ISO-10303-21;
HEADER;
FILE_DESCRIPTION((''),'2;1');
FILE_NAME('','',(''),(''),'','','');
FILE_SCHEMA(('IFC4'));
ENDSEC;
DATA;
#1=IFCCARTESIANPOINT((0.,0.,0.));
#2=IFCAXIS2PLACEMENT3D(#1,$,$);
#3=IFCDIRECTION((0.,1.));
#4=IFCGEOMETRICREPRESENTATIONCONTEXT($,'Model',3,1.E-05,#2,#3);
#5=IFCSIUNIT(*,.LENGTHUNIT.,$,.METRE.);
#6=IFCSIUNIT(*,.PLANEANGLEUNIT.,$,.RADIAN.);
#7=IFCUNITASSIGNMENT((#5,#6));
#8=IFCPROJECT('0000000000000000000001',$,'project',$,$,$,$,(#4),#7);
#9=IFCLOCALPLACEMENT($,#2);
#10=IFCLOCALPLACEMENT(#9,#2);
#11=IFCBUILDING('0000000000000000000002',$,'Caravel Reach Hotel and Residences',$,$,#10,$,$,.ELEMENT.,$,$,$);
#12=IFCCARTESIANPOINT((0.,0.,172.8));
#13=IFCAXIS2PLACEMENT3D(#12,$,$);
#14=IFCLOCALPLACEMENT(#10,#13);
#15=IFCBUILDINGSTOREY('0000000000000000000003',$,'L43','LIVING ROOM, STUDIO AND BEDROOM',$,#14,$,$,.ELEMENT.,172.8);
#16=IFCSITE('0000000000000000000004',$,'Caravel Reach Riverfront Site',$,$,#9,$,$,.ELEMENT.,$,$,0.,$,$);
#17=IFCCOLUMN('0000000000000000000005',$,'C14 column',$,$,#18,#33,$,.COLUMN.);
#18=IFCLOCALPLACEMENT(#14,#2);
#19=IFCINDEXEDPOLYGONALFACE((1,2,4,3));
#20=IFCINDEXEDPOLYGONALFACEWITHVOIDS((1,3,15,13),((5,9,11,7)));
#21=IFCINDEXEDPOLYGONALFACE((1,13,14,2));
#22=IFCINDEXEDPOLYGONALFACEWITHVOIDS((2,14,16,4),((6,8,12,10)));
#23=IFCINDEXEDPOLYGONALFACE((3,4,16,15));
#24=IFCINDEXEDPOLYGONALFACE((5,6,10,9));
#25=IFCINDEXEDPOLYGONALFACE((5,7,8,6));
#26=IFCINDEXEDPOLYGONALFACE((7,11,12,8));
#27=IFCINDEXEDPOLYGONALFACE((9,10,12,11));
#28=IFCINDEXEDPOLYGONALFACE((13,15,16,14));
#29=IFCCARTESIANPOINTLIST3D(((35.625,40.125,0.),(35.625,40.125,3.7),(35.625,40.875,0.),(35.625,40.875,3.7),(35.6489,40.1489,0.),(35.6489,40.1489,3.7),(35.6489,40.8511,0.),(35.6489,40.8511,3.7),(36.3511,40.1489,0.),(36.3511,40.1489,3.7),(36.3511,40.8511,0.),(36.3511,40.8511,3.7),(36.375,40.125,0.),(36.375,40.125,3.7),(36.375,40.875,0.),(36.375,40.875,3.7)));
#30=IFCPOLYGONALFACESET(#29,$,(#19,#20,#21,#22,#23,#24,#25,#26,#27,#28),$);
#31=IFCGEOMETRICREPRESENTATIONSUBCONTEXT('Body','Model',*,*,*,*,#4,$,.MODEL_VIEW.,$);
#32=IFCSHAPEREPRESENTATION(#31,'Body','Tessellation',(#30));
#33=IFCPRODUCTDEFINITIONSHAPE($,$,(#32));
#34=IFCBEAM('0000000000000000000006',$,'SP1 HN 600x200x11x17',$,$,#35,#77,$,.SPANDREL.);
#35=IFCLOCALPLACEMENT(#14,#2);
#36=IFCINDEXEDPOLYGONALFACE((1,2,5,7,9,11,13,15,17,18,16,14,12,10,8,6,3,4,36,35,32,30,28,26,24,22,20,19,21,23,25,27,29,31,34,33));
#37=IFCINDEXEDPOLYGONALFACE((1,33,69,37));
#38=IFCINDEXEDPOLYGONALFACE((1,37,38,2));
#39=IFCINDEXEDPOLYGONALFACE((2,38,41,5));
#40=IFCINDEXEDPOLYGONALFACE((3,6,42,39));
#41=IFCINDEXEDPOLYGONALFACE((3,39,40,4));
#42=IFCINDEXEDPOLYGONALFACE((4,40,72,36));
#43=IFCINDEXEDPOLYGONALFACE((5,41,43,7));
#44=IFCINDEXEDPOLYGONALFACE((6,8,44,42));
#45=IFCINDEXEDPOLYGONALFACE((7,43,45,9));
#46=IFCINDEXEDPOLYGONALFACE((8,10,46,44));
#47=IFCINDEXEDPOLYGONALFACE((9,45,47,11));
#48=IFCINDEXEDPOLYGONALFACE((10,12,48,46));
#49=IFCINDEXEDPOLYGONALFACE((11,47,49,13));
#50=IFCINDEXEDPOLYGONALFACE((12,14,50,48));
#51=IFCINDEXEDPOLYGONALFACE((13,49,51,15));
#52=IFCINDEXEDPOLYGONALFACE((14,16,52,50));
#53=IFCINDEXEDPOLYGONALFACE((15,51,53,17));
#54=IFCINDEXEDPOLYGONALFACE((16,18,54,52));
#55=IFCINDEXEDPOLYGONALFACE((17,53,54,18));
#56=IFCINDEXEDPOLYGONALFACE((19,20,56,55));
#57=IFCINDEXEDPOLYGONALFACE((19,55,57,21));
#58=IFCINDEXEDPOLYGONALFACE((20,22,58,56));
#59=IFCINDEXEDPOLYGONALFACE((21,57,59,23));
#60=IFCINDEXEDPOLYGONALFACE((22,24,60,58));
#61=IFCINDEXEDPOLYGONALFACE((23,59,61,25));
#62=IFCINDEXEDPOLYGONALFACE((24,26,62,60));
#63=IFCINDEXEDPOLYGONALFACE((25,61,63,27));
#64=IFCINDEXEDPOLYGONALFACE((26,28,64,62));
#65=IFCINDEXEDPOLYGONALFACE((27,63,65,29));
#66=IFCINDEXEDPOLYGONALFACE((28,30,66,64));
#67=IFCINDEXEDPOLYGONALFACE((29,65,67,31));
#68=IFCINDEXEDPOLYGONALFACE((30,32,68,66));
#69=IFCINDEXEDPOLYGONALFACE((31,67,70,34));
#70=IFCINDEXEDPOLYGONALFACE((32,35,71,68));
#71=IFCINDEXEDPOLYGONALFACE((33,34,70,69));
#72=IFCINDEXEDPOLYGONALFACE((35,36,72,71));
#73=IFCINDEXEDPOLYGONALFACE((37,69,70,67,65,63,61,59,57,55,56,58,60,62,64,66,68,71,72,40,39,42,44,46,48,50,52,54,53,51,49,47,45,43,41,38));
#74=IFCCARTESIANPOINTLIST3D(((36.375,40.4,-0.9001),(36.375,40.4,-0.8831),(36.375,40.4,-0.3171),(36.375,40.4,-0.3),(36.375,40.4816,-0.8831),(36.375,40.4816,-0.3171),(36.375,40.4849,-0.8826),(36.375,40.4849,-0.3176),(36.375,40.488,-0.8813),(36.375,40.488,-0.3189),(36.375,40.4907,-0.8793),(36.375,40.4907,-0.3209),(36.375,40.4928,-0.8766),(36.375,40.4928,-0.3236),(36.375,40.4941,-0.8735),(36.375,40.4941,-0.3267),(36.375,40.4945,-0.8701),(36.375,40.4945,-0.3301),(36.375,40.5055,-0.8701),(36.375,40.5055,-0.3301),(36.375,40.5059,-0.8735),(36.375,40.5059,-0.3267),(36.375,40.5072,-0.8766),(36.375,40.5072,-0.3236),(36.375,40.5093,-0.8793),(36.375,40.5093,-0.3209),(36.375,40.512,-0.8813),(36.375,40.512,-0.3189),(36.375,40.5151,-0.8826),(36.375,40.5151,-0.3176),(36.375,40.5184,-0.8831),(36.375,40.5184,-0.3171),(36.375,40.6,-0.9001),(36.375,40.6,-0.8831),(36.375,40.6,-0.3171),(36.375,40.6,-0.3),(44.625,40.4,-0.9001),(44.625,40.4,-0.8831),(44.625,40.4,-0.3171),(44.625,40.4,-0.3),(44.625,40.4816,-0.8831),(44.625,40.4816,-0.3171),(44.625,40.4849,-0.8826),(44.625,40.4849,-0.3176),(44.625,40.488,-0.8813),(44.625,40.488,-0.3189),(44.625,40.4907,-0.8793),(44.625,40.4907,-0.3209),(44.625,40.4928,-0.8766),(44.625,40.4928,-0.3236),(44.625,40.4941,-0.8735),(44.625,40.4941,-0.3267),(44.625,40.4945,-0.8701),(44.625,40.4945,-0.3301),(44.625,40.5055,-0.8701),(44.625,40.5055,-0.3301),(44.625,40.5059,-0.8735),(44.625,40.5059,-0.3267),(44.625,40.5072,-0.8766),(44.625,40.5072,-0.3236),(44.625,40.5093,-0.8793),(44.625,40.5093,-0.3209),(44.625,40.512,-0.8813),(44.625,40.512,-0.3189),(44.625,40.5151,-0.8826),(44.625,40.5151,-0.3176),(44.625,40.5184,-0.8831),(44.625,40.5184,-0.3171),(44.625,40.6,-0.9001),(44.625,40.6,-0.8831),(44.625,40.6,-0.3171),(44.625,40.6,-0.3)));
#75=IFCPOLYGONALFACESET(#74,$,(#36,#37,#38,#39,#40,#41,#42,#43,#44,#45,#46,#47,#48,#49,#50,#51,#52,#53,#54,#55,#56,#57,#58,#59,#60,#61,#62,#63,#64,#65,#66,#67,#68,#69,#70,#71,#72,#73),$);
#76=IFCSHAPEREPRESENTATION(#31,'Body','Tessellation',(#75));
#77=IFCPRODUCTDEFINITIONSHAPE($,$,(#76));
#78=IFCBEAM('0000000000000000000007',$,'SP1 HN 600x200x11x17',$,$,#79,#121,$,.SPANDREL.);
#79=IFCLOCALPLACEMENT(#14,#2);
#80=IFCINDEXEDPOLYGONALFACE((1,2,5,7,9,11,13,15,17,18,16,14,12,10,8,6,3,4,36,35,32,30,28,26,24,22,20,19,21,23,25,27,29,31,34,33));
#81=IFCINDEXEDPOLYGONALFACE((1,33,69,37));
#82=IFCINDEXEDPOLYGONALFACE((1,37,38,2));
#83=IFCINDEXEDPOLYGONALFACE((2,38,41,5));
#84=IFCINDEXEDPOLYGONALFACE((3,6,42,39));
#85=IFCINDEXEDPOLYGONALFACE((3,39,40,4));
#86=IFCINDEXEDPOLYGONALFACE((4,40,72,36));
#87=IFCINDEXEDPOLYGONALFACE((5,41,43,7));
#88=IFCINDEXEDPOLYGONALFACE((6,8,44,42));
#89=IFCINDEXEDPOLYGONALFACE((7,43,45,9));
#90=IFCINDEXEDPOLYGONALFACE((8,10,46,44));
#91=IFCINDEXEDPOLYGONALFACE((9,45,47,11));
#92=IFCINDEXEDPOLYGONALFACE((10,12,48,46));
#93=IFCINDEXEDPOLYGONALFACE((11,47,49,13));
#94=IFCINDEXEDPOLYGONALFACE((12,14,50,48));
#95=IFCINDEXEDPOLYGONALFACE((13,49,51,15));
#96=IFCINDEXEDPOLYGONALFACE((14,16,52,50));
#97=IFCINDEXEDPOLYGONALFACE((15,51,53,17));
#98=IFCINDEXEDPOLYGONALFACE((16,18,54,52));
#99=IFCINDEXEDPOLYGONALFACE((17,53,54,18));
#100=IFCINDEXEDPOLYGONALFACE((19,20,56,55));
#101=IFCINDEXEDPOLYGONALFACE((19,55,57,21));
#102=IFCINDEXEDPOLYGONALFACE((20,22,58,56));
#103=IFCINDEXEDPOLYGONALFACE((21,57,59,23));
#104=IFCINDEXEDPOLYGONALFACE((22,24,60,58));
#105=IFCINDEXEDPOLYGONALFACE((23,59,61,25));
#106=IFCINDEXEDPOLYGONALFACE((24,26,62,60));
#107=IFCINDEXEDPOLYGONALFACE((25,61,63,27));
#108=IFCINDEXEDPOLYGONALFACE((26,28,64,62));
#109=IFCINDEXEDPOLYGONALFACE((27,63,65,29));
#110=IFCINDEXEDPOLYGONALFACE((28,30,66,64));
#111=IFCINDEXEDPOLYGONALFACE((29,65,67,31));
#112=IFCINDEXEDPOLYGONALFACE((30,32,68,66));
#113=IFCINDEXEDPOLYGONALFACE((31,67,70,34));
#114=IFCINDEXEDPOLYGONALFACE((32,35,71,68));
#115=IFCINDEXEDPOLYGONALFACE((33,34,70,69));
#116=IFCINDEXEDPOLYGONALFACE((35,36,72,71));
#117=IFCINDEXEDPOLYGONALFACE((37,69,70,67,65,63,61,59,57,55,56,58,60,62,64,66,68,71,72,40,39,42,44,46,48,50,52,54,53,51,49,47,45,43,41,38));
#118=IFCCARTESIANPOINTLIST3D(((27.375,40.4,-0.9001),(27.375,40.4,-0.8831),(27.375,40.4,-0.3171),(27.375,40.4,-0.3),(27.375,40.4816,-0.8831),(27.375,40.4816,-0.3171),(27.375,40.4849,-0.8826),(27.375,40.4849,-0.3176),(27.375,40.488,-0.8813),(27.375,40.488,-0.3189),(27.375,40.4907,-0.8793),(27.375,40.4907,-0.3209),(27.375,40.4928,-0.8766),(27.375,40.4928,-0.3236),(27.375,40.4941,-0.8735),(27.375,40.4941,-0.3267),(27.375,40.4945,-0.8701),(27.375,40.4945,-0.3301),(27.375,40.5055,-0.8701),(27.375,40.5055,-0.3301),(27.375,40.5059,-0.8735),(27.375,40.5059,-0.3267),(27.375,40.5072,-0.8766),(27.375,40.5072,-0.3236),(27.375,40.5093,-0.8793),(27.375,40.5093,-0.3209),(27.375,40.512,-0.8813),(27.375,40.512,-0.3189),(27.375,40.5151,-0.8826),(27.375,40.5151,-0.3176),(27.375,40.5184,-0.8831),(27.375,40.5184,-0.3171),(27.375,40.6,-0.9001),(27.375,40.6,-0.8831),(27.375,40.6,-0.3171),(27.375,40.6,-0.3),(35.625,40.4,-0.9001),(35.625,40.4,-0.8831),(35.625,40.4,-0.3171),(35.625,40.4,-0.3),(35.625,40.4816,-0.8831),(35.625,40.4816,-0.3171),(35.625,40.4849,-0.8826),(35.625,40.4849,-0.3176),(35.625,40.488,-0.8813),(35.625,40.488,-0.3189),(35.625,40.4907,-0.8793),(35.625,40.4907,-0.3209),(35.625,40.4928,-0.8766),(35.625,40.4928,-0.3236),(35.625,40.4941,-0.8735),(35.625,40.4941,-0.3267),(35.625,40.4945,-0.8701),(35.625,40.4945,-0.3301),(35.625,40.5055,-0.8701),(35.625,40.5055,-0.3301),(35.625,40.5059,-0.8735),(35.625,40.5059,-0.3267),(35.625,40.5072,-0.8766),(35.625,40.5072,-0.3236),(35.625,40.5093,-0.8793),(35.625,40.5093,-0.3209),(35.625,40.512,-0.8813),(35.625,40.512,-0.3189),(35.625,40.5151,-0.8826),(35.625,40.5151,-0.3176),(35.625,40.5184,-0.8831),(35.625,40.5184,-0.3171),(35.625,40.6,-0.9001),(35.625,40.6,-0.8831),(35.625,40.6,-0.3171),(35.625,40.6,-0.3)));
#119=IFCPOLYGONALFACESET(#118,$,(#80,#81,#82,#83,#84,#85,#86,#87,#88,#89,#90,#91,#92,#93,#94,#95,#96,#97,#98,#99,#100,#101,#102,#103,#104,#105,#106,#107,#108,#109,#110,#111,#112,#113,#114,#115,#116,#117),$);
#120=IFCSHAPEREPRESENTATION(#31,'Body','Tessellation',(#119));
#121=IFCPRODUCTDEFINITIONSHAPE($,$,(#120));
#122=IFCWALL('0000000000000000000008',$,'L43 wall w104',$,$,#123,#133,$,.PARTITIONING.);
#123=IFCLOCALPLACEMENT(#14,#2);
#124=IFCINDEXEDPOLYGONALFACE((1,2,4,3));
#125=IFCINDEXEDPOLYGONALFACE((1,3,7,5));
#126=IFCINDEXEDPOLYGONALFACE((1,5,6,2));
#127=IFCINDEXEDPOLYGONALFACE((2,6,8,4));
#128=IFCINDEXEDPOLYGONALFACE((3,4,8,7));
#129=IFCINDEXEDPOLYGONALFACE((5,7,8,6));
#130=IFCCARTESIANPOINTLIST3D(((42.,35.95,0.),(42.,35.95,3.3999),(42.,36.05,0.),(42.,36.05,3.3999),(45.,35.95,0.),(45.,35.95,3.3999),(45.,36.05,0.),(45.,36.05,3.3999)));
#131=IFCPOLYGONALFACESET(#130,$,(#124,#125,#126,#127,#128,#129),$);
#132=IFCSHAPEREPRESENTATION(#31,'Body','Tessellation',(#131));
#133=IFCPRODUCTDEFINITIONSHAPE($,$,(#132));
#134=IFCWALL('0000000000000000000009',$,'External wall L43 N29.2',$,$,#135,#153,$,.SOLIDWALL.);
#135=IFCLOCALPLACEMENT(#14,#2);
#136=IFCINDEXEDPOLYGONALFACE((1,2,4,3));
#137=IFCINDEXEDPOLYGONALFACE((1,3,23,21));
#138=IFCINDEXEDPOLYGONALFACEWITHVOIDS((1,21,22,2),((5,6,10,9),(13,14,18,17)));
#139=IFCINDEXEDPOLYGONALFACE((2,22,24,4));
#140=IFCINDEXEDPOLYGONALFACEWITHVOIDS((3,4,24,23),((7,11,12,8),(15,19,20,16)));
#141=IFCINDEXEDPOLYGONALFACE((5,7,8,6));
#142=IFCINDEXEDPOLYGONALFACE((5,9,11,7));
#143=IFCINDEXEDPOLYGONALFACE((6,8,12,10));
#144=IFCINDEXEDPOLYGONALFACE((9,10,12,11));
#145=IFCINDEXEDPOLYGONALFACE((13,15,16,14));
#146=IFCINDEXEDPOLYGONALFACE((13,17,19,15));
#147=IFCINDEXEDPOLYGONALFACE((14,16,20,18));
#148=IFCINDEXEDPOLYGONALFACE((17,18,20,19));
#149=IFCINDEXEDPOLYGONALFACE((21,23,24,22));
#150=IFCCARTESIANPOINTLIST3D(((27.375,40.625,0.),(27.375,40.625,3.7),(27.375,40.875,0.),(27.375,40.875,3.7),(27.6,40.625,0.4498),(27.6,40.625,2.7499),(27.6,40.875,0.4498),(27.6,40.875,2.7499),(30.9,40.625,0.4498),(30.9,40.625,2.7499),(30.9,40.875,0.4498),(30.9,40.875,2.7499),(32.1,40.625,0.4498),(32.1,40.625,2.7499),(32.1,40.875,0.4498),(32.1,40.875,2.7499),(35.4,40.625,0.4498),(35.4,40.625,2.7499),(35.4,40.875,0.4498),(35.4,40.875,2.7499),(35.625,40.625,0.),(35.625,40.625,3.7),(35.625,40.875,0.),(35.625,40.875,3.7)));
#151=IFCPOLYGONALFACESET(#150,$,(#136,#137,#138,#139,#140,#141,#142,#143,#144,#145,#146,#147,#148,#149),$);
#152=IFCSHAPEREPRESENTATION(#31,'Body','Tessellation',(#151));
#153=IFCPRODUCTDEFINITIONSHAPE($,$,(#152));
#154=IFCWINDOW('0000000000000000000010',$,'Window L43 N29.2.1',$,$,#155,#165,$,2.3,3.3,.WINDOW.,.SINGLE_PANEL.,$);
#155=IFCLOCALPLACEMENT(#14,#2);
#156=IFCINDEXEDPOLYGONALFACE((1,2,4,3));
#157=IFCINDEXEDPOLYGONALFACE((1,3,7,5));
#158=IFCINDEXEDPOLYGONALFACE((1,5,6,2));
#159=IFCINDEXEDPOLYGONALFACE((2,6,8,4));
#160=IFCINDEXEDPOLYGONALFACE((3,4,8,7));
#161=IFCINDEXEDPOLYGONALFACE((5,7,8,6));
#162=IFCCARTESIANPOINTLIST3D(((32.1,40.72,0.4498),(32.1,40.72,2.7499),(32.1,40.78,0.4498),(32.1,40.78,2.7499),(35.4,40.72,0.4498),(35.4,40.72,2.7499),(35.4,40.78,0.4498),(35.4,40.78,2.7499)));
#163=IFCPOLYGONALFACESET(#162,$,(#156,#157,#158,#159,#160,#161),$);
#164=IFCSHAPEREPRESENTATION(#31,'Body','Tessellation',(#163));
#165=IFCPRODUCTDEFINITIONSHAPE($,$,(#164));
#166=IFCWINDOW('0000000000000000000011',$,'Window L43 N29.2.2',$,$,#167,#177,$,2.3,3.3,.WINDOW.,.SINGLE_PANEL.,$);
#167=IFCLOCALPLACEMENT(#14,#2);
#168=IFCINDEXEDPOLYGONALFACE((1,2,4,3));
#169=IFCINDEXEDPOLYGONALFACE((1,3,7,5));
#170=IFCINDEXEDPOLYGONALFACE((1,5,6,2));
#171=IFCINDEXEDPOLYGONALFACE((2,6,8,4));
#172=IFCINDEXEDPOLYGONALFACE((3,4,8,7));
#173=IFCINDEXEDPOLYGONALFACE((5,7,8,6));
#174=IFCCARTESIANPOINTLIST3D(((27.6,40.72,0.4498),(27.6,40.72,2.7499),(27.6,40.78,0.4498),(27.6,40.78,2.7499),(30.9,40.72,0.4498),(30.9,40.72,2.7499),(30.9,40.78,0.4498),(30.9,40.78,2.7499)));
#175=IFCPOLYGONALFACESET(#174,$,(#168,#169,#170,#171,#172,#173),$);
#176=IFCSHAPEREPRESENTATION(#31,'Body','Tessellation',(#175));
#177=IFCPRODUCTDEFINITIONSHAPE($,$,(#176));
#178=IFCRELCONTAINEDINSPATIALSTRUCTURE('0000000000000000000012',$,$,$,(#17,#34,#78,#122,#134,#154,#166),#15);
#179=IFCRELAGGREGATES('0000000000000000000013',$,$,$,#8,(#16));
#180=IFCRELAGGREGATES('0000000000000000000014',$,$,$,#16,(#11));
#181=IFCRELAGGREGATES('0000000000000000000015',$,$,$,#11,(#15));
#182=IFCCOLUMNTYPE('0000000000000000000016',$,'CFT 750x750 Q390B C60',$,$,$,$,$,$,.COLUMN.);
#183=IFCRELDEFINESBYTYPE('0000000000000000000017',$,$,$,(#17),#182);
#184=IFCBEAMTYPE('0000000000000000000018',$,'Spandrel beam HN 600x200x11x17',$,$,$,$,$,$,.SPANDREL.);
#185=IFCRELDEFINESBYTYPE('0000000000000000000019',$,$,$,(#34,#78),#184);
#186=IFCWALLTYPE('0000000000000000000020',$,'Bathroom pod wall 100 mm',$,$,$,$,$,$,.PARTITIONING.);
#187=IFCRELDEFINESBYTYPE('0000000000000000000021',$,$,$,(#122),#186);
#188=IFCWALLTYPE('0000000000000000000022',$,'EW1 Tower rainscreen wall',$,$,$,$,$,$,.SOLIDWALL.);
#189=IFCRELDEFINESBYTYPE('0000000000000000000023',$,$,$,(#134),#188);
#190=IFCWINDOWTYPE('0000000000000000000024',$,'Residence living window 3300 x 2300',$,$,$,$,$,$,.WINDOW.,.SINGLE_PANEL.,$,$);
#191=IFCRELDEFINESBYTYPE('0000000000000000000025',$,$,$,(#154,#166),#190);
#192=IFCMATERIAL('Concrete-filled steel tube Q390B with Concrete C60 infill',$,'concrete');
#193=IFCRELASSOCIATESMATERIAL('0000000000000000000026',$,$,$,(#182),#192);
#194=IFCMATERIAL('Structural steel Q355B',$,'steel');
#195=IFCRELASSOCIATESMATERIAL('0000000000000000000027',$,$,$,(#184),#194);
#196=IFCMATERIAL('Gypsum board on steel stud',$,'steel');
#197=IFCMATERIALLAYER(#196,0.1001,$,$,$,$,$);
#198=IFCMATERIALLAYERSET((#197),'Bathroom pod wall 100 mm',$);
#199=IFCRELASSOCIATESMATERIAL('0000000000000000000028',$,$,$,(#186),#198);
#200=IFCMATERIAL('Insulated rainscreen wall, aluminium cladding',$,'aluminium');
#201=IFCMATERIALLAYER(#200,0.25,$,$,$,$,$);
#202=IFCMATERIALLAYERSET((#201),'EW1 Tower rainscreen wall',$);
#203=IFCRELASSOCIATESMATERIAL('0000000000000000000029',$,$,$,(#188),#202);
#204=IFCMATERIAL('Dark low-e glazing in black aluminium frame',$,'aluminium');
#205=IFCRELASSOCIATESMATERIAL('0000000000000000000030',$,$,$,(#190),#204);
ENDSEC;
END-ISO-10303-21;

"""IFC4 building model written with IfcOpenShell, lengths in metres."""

from ifc_helpers import new_model, si_unit, direction, frame, frame_2d, origin, origin_2d, place, context, subcontext, project, spatial, rectangle, hollow_rectangle, i_section, extrude, material, layer, layer_set, material_profile, profile_set, type_object, element, fill, save


model = new_model("IFC4")

# Units and contexts
model_context = context("Model", 3, precision=1e-05, world=origin(), true_north=direction((0.0, 1.0)))
body_context = subcontext(model_context, "Body", "Model", "MODEL_VIEW")
ifc_project = project(units=[si_unit("LENGTHUNIT", "METRE"), si_unit("PLANEANGLEUNIT", "RADIAN")], contexts=[model_context])

# Site, building, storey
site_placement = place(None, origin())
site = spatial("IfcSite", under=ifc_project, at=site_placement, Name="Caravel Reach Riverfront Site", CompositionType="ELEMENT", RefElevation=0.0)
building_placement = place(site_placement, origin())
building = spatial("IfcBuilding", under=site, at=building_placement, Name="Caravel Reach Hotel and Residences", CompositionType="ELEMENT")
storey_placement = place(building_placement, frame((0.0, 0.0, 172.8)))
storey = spatial("IfcBuildingStorey", under=building, at=storey_placement, Name="L43", Description="LIVING ROOM, STUDIO AND BEDROOM", CompositionType="ELEMENT", Elevation=172.8)

# Column
ifc_material_1 = material(Name="Concrete-filled steel tube Q390B with Concrete C60 infill", Category="concrete")
ifc_material_profile_1 = material_profile(ifc_material_1, hollow_rectangle(XDim=0.75, YDim=0.75, WallThickness=0.0239, at=origin_2d()), Name="RHS 750x750x24")
ifc_profile_set_1 = profile_set([ifc_material_profile_1], Name="Concrete-filled steel tube Q390B with Concrete C60 infill")
column_type = type_object("IfcColumnType", Name="CFT 750x750 Q390B C60", PredefinedType="COLUMN", material=ifc_profile_set_1)
column_placement = place(storey_placement, frame((36.0, 40.5, 0.0), z_axis=(0.0, 0.0, 1.0), x_axis=(1.0, 0.0, 0.0)))
element("IfcColumn", 1, at=column_placement, inside=storey, type_object=column_type, Name="C14 column", PredefinedType="COLUMN", context=body_context, shape_type="SweptSolid", body=[
    extrude(hollow_rectangle(XDim=0.75, YDim=0.75, WallThickness=0.0239, at=origin_2d()), origin(), (0.0, 0.0, 1.0), 3.7),
])

# Beams
ifc_material_2 = material(Name="Structural steel Q355B", Category="steel")
ifc_material_profile_2 = material_profile(ifc_material_2, i_section(OverallWidth=0.2, OverallDepth=0.6001, WebThickness=0.011, FlangeThickness=0.0171, FilletRadius=0.0129, at=origin_2d()), Name="HN 600x200x11x17")
ifc_profile_set_2 = profile_set([ifc_material_profile_2], Name="Structural steel Q355B")
beam_type = type_object("IfcBeamType", Name="Spandrel beam HN 600x200x11x17", PredefinedType="SPANDREL", material=ifc_profile_set_2)
for number, where, z_axis, x_axis, name in (
    (2, (44.625, 40.5, -0.6001), (-1.0, 0.0, 0.0), (0.0, -1.0, 0.0), "SP1 HN 600x200x11x17"),
    (3, (35.625, 40.5, -0.6001), (-1.0, 0.0, 0.0), (0.0, -1.0, 0.0), "SP1 HN 600x200x11x17"),
):
    element("IfcBeam", number, at=place(storey_placement, frame(where, z_axis=z_axis, x_axis=x_axis)), inside=storey, type_object=beam_type, Name=name, PredefinedType="SPANDREL", context=body_context, shape_type="SweptSolid", body=[
        extrude(i_section(OverallWidth=0.2, OverallDepth=0.6001, WebThickness=0.011, FlangeThickness=0.0171, FilletRadius=0.0129, at=origin_2d()), origin(), (0.0, 0.0, 1.0), 8.25),
    ])

# Wall
ifc_material_3 = material(Name="Gypsum board on steel stud", Category="steel")
ifc_layer_1 = layer(ifc_material_3, 0.1001)
ifc_layer_set_1 = layer_set([ifc_layer_1], Name="Bathroom pod wall 100 mm")
wall_type_1 = type_object("IfcWallType", Name="Bathroom pod wall 100 mm", PredefinedType="PARTITIONING", material=ifc_layer_set_1)
wall_1_placement = place(storey_placement, frame((42.0, 36.0, 0.0), z_axis=(0.0, 0.0, 1.0), x_axis=(1.0, 0.0, 0.0)))
element("IfcWall", 4, at=wall_1_placement, inside=storey, type_object=wall_type_1, Name="L43 wall w104", PredefinedType="PARTITIONING", context=body_context, shape_type="SweptSolid", body=[
    extrude(rectangle(XDim=3.0, YDim=0.1001, at=frame_2d((1.5, 0.0))), origin(), (0.0, 0.0, 1.0), 3.3999),
])

# Wall, openings, windows
ifc_material_4 = material(Name="Insulated rainscreen wall, aluminium cladding", Category="aluminium")
ifc_layer_2 = layer(ifc_material_4, 0.25)
ifc_layer_set_2 = layer_set([ifc_layer_2], Name="EW1 Tower rainscreen wall")
wall_type_2 = type_object("IfcWallType", Name="EW1 Tower rainscreen wall", PredefinedType="SOLIDWALL", material=ifc_layer_set_2)
wall_2_placement = place(storey_placement, frame((35.625, 40.75, 0.0), z_axis=(0.0, 0.0, 1.0), x_axis=(-1.0, 0.0, 0.0)))
wall_2 = element("IfcWall", 5, at=wall_2_placement, inside=storey, type_object=wall_type_2, Name="External wall L43 N29.2", PredefinedType="SOLIDWALL", context=body_context, shape_type="SweptSolid", body=[
    extrude(rectangle(XDim=8.25, YDim=0.25, at=frame_2d((4.125, 0.0))), origin(), (0.0, 0.0, 1.0), 3.7),
])
opening_1_placement = place(wall_2_placement, frame((0.2251, 0.0, 0.45)))
opening_1 = element("IfcOpeningElement", 6, at=opening_1_placement, cuts=wall_2, PredefinedType="OPENING", context=body_context, shape_type="SweptSolid", body=[
    extrude(rectangle(XDim=3.3, YDim=2.3, at=frame_2d((1.6499, 1.1499))), frame((0.0, 0.135, 0.0), z_axis=(0.0, -1.0, 0.0), x_axis=(1.0, 0.0, 0.0)), (0.0, 0.0, 1.0), 0.27),
])
opening_2_placement = place(wall_2_placement, frame((4.7251, 0.0, 0.45)))
opening_2 = element("IfcOpeningElement", 7, at=opening_2_placement, cuts=wall_2, PredefinedType="OPENING", context=body_context, shape_type="SweptSolid", body=[
    extrude(rectangle(XDim=3.3, YDim=2.3, at=frame_2d((1.6499, 1.1499))), frame((0.0, 0.135, 0.0), z_axis=(0.0, -1.0, 0.0), x_axis=(1.0, 0.0, 0.0)), (0.0, 0.0, 1.0), 0.27),
])
ifc_material_5 = material(Name="Dark low-e glazing in black aluminium frame", Category="aluminium")
window_type = type_object("IfcWindowType", Name="Residence living window 3300 x 2300", PartitioningType="SINGLE_PANEL", PredefinedType="WINDOW", material=ifc_material_5)
window_1_placement = place(opening_1_placement, origin())
window_1 = element("IfcWindow", 8, at=window_1_placement, inside=storey, type_object=window_type, Name="Window L43 N29.2.1", OverallHeight=2.3, OverallWidth=3.3, PartitioningType="SINGLE_PANEL", PredefinedType="WINDOW", context=body_context, shape_type="SweptSolid", body=[
    extrude(rectangle(XDim=3.3, YDim=2.3, at=frame_2d((1.6499, 1.1499))), frame((0.0, 0.03, 0.0), z_axis=(0.0, -1.0, 0.0), x_axis=(1.0, 0.0, 0.0)), (0.0, 0.0, 1.0), 0.0601),
])
fill(opening_1, window_1)
window_2_placement = place(opening_2_placement, origin())
window_2 = element("IfcWindow", 9, at=window_2_placement, inside=storey, type_object=window_type, Name="Window L43 N29.2.2", OverallHeight=2.3, OverallWidth=3.3, PartitioningType="SINGLE_PANEL", PredefinedType="WINDOW", context=body_context, shape_type="SweptSolid", body=[
    extrude(rectangle(XDim=3.3, YDim=2.3, at=frame_2d((1.6499, 1.1499))), frame((0.0, 0.03, 0.0), z_axis=(0.0, -1.0, 0.0), x_axis=(1.0, 0.0, 0.0)), (0.0, 0.0, 1.0), 0.0601),
])
fill(opening_2, window_2)

save(model, "model.ifc")
